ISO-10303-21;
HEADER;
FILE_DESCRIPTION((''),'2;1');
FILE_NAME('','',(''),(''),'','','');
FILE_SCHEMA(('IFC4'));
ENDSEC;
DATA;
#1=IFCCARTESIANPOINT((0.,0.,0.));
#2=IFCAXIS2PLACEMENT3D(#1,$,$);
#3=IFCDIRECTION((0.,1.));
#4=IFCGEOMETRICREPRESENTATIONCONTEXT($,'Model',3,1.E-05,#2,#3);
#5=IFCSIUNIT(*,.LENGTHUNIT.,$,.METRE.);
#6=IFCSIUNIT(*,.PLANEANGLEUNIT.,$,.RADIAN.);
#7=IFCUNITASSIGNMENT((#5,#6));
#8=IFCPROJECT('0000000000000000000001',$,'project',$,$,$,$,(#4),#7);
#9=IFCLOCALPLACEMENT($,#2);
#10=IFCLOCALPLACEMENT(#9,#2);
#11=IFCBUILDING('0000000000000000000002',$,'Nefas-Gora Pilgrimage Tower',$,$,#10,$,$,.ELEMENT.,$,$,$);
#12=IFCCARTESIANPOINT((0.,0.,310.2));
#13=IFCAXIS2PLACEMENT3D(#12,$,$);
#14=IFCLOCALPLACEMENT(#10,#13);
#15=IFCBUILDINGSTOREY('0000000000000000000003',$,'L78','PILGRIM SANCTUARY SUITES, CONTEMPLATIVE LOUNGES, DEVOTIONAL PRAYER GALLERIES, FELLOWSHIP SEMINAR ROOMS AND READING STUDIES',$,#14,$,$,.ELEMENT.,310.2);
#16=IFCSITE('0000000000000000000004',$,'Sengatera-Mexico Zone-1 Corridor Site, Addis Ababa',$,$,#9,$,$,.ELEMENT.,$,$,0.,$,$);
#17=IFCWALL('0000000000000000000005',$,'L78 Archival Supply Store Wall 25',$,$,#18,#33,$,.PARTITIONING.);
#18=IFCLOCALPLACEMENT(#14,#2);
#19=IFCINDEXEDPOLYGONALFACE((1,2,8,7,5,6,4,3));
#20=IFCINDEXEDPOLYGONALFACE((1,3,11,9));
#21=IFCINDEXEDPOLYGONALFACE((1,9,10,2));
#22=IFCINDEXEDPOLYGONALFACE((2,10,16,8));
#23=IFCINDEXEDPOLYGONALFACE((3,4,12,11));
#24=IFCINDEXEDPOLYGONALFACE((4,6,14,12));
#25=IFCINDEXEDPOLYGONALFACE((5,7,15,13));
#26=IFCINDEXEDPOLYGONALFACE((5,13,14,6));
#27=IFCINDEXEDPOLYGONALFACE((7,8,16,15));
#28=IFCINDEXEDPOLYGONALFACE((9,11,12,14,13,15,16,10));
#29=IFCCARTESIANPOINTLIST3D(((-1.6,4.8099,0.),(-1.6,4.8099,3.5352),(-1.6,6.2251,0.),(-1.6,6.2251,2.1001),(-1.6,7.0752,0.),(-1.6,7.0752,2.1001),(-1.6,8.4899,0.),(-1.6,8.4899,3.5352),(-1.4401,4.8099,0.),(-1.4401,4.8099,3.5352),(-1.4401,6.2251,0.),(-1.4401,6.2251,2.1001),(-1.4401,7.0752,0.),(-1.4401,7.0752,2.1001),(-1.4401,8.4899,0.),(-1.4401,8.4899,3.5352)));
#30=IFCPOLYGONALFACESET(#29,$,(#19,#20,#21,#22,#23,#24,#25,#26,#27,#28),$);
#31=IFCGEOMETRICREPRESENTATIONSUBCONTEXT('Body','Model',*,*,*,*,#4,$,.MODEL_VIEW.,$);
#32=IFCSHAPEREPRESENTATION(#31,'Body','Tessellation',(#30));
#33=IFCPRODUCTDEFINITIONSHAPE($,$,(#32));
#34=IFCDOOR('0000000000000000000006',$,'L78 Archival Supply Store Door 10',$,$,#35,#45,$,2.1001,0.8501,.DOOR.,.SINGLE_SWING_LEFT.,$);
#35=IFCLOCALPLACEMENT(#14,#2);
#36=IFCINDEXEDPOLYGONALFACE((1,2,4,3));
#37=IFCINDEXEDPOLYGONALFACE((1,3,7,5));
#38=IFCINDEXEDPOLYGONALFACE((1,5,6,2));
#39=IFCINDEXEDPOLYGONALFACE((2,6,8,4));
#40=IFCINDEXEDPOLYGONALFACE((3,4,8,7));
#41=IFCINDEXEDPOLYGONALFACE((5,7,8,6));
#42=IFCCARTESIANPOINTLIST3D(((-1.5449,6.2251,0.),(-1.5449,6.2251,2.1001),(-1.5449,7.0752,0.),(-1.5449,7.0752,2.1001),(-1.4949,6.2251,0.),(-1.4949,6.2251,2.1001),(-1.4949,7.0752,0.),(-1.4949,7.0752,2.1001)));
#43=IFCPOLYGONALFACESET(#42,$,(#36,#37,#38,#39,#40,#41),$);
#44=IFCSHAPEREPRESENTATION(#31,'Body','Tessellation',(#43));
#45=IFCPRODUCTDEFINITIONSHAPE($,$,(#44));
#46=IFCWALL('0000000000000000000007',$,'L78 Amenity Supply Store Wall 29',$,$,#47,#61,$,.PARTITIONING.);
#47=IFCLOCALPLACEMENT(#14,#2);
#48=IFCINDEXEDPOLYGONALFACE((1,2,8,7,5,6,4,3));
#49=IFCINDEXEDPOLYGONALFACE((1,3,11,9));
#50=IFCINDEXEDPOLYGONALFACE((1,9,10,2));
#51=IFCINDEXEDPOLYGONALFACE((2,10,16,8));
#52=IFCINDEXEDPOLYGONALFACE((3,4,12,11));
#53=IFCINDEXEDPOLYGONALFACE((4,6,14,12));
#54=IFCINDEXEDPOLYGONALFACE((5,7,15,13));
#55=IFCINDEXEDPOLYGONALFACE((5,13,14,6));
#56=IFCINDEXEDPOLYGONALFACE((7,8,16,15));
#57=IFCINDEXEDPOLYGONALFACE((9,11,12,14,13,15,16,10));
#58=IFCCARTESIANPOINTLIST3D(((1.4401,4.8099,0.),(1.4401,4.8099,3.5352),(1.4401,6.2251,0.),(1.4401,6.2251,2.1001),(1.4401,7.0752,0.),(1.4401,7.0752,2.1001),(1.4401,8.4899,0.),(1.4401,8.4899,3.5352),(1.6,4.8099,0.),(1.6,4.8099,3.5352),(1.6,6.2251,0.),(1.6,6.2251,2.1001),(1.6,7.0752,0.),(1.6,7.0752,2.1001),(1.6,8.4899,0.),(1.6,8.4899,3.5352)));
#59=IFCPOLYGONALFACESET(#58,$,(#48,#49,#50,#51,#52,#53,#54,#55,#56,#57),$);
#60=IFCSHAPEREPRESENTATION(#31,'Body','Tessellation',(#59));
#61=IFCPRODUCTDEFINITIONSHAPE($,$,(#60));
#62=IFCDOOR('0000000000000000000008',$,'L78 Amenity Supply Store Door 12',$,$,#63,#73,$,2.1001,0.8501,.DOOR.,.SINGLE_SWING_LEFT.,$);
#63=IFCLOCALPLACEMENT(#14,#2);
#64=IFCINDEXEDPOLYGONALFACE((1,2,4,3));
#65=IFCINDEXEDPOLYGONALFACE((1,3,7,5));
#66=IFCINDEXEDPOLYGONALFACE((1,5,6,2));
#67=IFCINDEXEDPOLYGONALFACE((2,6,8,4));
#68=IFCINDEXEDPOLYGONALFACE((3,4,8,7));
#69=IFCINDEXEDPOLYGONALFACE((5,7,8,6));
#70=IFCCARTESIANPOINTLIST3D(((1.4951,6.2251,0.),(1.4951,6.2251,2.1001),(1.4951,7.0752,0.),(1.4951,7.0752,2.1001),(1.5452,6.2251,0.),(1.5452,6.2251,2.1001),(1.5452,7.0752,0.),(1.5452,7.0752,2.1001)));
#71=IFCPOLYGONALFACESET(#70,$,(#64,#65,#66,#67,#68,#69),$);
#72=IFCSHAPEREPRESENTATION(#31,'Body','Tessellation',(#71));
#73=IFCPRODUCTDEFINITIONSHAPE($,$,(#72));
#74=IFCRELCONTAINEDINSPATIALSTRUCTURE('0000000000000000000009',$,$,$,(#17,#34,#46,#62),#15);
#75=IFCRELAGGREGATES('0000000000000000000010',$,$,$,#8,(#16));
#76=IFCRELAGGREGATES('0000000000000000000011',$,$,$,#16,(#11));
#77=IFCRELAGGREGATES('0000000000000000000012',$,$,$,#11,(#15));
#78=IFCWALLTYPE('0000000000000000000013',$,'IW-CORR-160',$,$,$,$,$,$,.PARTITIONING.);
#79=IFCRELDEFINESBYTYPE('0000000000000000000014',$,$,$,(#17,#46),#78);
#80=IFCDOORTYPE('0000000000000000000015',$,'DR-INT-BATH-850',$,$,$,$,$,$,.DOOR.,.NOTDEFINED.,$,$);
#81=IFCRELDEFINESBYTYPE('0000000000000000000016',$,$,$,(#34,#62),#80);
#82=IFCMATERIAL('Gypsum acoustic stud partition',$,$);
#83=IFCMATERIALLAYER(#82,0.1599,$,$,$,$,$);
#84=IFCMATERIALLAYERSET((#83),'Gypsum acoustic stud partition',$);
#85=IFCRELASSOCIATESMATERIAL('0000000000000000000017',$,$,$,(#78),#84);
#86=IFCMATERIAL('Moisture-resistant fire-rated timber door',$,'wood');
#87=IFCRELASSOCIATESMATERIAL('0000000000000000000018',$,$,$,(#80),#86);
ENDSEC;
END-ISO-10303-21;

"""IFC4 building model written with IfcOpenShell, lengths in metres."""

from ifc_helpers import new_model, si_unit, direction, frame, frame_2d, origin, place, context, subcontext, project, spatial, rectangle, extrude, source, transform, mapped, material, layer, layer_set, type_object, element, fill, save


model = new_model("IFC4")

# Units and contexts
model_context = context("Model", 3, precision=1e-05, world=origin(), true_north=direction((0.0, 1.0)))
body_context = subcontext(model_context, "Body", "Model", "MODEL_VIEW")
ifc_project = project(units=[si_unit("LENGTHUNIT", "METRE"), si_unit("PLANEANGLEUNIT", "RADIAN")], contexts=[model_context])

# Site, building, storey
site_placement = place(None, origin())
site = spatial("IfcSite", under=ifc_project, at=site_placement, Name="Sengatera-Mexico Zone-1 Corridor Site, Addis Ababa", CompositionType="ELEMENT", RefElevation=0.0)
building_placement = place(site_placement, origin())
building = spatial("IfcBuilding", under=site, at=building_placement, Name="Nefas-Gora Pilgrimage Tower", CompositionType="ELEMENT")
storey_placement = place(building_placement, frame((0.0, 0.0, 310.2)))
storey = spatial("IfcBuildingStorey", under=building, at=storey_placement, Name="L78", Description="PILGRIM SANCTUARY SUITES, CONTEMPLATIVE LOUNGES, DEVOTIONAL PRAYER GALLERIES, FELLOWSHIP SEMINAR ROOMS AND READING STUDIES", CompositionType="ELEMENT", Elevation=310.2)

# Shared definitions
ifc_material_1 = material(Name="Gypsum acoustic stud partition")
ifc_layer_1 = layer(ifc_material_1, 0.1599)
ifc_layer_set_1 = layer_set([ifc_layer_1], Name="Gypsum acoustic stud partition")
wall_type_1 = type_object("IfcWallType", Name="IW-CORR-160", PredefinedType="PARTITIONING", material=ifc_layer_set_1)

# Walls, openings, doors
ifc_material_2 = material(Name="Moisture-resistant fire-rated timber door", Category="wood")
door_type_1 = type_object("IfcDoorType", Name="DR-INT-BATH-850", OperationType="NOTDEFINED", PredefinedType="DOOR", material=ifc_material_2)
shared_shape_1 = source(origin(), body_context, "Body", "SweptSolid", [
    extrude(rectangle(XDim=0.8501, YDim=2.1001, at=frame_2d((0.425, 1.05))), frame((0.0, 0.0249, 0.0), z_axis=(0.0, -1.0, 0.0), x_axis=(1.0, 0.0, 0.0)), (0.0, 0.0, 1.0), 0.05),
])
shared_shape_2 = source(origin(), body_context, "Body", "SweptSolid", [
    extrude(rectangle(XDim=3.6799, YDim=0.1599, at=frame_2d((1.8398, 0.0))), origin(), (0.0, 0.0, 1.0), 3.5352),
])
wall_1_placement = place(storey_placement, frame((-1.52, 4.8101, 0.0), z_axis=(0.0, 0.0, 1.0), x_axis=(0.0, 1.0, 0.0)))
wall_1 = element("IfcWall", 1, at=wall_1_placement, inside=storey, type_object=wall_type_1, Name="L78 Archival Supply Store Wall 25", PredefinedType="PARTITIONING", context=body_context, shape_type="MappedRepresentation", body=[
    mapped(shared_shape_2, transform((0.0, 0.0, 0.0), x_axis=(1.0, 0.0, 0.0), y_axis=(0.0, 1.0, 0.0), z_axis=(0.0, 0.0, 1.0), scale=1.0)),
])
opening_1_placement = place(wall_1_placement, frame((1.415, 0.0, 0.0)))
opening_1 = element("IfcOpeningElement", 2, at=opening_1_placement, cuts=wall_1, PredefinedType="OPENING", context=body_context, shape_type="SweptSolid", body=[
    extrude(rectangle(XDim=0.8501, YDim=2.1001, at=frame_2d((0.425, 1.05))), frame((0.0, 0.0898, 0.0), z_axis=(0.0, -1.0, 0.0), x_axis=(1.0, 0.0, 0.0)), (0.0, 0.0, 1.0), 0.1799),
])
door_1_placement = place(opening_1_placement, origin())
door_1 = element("IfcDoor", 3, at=door_1_placement, inside=storey, type_object=door_type_1, Name="L78 Archival Supply Store Door 10", OperationType="SINGLE_SWING_LEFT", OverallHeight=2.1001, OverallWidth=0.8501, PredefinedType="DOOR", context=body_context, shape_type="MappedRepresentation", body=[
    mapped(shared_shape_1, transform((0.0, 0.0, 0.0), x_axis=(1.0, 0.0, 0.0), y_axis=(0.0, 1.0, 0.0), z_axis=(0.0, 0.0, 1.0), scale=1.0)),
])
fill(opening_1, door_1)
wall_2_placement = place(storey_placement, frame((1.52, 4.8101, 0.0), z_axis=(0.0, 0.0, 1.0), x_axis=(0.0, 1.0, 0.0)))
wall_2 = element("IfcWall", 4, at=wall_2_placement, inside=storey, type_object=wall_type_1, Name="L78 Amenity Supply Store Wall 29", PredefinedType="PARTITIONING", context=body_context, shape_type="MappedRepresentation", body=[
    mapped(shared_shape_2, transform((0.0, 0.0, 0.0), x_axis=(1.0, 0.0, 0.0), y_axis=(0.0, 1.0, 0.0), z_axis=(0.0, 0.0, 1.0), scale=1.0)),
])
opening_2_placement = place(wall_2_placement, frame((1.415, 0.0, 0.0)))
opening_2 = element("IfcOpeningElement", 5, at=opening_2_placement, cuts=wall_2, PredefinedType="OPENING", context=body_context, shape_type="SweptSolid", body=[
    extrude(rectangle(XDim=0.8501, YDim=2.1001, at=frame_2d((0.425, 1.05))), frame((0.0, 0.0898, 0.0), z_axis=(0.0, -1.0, 0.0), x_axis=(1.0, 0.0, 0.0)), (0.0, 0.0, 1.0), 0.1799),
])
door_2_placement = place(opening_2_placement, origin())
door_2 = element("IfcDoor", 6, at=door_2_placement, inside=storey, type_object=door_type_1, Name="L78 Amenity Supply Store Door 12", OperationType="SINGLE_SWING_LEFT", OverallHeight=2.1001, OverallWidth=0.8501, PredefinedType="DOOR", context=body_context, shape_type="MappedRepresentation", body=[
    mapped(shared_shape_1, transform((0.0, 0.0, 0.0), x_axis=(1.0, 0.0, 0.0), y_axis=(0.0, 1.0, 0.0), z_axis=(0.0, 0.0, 1.0), scale=1.0)),
])
fill(opening_2, door_2)

save(model, "model.ifc")
